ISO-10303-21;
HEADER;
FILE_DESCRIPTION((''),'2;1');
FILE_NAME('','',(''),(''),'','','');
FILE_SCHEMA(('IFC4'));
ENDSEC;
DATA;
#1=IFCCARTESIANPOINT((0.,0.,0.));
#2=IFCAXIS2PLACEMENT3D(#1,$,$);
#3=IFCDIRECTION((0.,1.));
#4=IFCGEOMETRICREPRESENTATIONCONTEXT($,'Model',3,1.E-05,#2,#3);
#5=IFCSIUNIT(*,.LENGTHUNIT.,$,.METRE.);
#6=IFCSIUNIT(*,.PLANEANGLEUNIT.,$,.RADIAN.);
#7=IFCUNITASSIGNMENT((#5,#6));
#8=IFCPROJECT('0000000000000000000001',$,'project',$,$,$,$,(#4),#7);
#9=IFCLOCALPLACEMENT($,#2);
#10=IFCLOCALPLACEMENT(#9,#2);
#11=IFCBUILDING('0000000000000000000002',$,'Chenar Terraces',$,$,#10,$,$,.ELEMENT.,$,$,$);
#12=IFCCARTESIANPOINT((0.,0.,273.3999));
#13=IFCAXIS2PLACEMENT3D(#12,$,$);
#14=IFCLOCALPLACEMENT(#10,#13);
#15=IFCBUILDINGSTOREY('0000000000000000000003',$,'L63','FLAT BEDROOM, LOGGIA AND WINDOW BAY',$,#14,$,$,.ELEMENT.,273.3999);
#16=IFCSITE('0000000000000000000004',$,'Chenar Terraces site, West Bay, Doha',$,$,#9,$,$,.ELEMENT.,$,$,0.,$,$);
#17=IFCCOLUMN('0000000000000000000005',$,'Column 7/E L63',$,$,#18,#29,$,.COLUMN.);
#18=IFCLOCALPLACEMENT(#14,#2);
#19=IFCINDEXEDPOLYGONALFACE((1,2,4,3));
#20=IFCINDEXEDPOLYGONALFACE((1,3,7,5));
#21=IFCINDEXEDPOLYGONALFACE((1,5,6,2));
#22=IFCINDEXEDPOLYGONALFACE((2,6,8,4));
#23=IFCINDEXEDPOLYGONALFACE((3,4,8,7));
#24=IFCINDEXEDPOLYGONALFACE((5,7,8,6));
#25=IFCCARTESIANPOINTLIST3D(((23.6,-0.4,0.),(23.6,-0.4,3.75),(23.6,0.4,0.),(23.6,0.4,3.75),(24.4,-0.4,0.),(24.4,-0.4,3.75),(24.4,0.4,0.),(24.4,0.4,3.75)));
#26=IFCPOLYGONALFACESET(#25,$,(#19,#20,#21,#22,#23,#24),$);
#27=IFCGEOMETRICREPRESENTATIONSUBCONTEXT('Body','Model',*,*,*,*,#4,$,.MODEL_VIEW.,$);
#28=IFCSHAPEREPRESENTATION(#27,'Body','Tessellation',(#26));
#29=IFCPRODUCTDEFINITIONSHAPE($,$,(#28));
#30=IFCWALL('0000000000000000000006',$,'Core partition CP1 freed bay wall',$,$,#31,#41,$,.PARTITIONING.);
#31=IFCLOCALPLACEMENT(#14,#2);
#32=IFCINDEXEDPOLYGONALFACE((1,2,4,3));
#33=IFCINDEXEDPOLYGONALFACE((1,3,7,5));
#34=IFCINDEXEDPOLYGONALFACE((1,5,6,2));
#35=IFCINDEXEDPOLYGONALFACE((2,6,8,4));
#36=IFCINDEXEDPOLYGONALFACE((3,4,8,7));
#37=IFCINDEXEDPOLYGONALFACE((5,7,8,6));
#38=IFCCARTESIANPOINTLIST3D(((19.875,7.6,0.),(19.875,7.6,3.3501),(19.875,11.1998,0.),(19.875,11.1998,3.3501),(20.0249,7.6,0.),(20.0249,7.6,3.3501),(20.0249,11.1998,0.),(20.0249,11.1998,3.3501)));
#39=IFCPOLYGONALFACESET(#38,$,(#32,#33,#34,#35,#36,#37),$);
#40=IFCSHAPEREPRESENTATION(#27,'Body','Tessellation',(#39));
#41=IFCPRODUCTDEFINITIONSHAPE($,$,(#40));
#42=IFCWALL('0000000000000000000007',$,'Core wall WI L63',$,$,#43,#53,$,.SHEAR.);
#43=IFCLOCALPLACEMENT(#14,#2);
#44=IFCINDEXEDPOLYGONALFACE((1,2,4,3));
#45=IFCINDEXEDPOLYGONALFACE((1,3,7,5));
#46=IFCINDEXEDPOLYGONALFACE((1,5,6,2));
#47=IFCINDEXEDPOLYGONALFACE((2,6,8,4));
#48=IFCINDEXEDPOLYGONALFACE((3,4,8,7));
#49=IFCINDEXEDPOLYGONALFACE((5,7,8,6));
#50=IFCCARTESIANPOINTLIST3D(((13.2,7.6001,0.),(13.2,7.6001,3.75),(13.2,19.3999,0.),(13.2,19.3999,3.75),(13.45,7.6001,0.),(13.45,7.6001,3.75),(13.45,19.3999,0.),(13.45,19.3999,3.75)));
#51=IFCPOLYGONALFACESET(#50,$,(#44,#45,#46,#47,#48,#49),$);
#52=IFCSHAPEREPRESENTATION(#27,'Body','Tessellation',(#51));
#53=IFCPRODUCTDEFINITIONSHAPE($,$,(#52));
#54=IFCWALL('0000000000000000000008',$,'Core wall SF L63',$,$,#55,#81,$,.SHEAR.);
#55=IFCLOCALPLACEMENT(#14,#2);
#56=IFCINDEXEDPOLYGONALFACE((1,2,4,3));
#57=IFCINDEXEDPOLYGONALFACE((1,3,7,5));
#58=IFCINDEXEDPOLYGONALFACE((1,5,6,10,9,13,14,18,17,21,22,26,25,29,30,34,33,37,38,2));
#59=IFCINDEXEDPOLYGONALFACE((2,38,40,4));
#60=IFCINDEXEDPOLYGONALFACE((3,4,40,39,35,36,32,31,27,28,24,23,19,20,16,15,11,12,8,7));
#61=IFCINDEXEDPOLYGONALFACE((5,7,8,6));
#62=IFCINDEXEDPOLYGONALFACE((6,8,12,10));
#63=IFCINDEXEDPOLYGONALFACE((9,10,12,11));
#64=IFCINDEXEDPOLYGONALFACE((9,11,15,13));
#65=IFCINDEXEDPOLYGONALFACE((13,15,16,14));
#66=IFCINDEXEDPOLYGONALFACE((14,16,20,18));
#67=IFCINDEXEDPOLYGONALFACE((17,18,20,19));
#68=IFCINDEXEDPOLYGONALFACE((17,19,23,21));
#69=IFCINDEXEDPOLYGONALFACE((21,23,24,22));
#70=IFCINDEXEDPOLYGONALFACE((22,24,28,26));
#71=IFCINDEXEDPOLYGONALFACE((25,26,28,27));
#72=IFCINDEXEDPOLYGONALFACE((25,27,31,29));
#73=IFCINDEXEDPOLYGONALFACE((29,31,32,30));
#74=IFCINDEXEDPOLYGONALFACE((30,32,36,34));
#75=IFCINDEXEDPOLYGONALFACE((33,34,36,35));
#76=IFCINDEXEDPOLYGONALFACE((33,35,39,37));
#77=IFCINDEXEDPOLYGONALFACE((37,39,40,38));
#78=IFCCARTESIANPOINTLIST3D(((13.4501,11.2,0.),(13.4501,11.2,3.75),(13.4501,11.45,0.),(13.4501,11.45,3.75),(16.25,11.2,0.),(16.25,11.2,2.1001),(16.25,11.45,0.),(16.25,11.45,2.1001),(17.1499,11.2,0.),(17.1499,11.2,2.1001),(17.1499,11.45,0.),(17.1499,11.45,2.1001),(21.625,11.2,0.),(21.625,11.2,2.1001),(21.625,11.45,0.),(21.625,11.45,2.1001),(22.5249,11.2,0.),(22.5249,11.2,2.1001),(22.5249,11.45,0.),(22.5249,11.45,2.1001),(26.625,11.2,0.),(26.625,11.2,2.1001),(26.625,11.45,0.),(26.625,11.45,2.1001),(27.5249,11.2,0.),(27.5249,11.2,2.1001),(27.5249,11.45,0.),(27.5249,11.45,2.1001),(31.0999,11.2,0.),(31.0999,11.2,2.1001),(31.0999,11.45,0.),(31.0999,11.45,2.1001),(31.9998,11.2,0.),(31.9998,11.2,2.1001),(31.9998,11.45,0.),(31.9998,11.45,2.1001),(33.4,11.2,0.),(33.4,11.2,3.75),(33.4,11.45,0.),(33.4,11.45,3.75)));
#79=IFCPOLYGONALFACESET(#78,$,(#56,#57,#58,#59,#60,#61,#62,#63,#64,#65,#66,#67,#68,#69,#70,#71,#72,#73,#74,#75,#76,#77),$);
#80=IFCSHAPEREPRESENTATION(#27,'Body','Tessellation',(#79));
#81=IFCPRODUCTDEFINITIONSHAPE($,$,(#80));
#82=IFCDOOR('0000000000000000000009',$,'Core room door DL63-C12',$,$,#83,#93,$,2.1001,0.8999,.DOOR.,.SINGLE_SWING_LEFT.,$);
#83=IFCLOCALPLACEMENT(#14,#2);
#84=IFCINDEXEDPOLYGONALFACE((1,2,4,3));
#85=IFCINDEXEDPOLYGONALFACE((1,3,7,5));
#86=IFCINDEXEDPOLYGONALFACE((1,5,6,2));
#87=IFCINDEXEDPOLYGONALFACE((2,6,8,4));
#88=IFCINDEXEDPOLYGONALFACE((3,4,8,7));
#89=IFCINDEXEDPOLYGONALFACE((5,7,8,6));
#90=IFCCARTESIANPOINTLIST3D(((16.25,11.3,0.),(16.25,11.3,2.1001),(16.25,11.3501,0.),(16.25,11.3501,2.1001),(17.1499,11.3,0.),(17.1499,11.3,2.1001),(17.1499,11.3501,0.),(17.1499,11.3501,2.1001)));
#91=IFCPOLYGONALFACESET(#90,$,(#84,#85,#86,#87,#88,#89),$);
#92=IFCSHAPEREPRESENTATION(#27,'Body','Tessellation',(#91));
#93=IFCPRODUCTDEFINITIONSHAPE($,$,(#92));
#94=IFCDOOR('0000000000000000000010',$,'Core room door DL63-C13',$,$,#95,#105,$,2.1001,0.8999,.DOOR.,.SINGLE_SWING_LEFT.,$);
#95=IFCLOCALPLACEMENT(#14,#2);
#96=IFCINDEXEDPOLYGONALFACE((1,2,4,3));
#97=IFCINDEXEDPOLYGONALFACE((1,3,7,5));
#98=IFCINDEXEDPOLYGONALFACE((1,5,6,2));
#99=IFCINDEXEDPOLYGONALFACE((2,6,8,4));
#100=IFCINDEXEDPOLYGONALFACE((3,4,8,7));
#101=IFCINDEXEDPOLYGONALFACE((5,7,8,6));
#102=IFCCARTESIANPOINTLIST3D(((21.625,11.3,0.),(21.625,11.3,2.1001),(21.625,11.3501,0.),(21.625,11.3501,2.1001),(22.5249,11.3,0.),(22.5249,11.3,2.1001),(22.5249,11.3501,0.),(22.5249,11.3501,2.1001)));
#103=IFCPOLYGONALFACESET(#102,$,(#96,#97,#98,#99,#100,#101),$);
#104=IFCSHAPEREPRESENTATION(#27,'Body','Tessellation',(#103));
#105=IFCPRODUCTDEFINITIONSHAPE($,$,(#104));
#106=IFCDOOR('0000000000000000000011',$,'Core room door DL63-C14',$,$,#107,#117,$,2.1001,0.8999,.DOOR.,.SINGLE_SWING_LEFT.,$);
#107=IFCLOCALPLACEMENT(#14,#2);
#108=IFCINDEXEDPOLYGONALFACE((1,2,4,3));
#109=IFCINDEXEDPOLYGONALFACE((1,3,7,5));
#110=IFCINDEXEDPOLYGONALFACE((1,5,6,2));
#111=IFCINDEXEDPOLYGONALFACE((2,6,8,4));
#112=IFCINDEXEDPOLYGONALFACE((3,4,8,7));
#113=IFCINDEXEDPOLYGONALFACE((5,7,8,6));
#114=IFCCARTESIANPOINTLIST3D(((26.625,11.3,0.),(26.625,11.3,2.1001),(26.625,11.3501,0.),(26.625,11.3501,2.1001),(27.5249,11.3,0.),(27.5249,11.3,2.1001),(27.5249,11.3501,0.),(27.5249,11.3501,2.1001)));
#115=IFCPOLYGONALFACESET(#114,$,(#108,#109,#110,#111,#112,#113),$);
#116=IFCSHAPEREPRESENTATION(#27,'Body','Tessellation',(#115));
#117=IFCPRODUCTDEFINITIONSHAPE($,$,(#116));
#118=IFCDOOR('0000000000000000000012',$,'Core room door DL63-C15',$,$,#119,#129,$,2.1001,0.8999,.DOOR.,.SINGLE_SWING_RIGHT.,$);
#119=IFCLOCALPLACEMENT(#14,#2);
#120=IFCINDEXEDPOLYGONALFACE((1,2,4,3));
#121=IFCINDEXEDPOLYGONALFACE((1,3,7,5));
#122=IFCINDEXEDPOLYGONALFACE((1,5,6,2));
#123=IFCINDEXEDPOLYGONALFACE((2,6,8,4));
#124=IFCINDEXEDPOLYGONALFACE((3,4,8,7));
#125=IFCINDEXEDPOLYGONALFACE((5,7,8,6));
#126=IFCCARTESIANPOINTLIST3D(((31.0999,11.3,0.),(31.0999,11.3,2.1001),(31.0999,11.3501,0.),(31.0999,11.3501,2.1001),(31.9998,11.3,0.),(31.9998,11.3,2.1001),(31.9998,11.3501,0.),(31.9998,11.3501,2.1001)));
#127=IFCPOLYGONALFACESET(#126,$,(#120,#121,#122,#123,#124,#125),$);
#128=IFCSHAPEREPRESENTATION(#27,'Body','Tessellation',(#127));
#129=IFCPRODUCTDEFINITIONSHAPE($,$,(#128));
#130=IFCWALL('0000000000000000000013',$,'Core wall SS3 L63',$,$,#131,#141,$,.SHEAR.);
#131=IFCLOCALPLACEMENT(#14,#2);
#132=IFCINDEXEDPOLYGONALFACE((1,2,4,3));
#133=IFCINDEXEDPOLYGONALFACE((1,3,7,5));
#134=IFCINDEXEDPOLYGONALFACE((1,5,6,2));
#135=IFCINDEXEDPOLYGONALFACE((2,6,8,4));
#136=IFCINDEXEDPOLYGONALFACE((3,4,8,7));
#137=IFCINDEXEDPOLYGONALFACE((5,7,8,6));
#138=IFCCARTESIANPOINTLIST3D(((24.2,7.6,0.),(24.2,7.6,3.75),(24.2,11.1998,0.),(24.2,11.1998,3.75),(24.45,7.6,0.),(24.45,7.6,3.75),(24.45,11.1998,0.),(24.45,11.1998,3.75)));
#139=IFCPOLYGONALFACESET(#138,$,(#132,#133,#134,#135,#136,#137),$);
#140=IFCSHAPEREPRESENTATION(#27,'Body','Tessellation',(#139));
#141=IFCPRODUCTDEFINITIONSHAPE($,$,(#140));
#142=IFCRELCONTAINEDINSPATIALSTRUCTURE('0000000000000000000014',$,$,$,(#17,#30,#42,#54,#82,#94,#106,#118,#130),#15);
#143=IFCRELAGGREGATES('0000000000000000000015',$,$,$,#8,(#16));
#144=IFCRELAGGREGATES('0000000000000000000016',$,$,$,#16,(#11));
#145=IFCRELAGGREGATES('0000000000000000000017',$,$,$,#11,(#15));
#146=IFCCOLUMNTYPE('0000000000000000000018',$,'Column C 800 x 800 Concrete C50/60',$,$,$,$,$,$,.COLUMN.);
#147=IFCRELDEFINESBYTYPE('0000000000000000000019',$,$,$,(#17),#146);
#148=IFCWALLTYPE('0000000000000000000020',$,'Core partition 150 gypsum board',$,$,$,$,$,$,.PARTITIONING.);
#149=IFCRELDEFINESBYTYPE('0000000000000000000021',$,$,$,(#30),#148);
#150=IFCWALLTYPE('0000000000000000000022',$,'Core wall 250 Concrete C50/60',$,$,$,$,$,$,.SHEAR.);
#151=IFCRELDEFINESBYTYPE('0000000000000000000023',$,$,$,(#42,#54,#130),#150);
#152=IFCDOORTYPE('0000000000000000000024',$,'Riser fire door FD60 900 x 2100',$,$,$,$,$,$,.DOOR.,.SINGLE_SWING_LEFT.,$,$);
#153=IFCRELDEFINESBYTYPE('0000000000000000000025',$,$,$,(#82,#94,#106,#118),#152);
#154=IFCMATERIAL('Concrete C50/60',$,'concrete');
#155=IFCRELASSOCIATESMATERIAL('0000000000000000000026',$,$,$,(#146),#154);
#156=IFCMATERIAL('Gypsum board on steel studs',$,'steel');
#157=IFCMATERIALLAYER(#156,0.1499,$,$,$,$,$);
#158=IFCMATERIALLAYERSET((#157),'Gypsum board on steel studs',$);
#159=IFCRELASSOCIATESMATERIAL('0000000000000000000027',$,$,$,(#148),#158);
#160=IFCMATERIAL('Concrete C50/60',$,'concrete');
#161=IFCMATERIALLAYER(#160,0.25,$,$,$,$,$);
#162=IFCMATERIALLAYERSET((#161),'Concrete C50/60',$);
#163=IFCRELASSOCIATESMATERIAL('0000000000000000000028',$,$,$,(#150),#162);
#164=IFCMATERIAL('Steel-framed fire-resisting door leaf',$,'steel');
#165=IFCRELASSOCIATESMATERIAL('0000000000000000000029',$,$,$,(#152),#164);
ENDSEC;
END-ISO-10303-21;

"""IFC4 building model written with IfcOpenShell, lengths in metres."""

from ifc_helpers import new_model, si_unit, direction, frame, frame_2d, origin, origin_2d, place, context, subcontext, project, spatial, rectangle, extrude, material, layer, layer_set, material_profile, profile_set, type_object, element, fill, save


model = new_model("IFC4")

# Units and contexts
model_context = context("Model", 3, precision=1e-05, world=origin(), true_north=direction((0.0, 1.0)))
body_context = subcontext(model_context, "Body", "Model", "MODEL_VIEW")
ifc_project = project(units=[si_unit("LENGTHUNIT", "METRE"), si_unit("PLANEANGLEUNIT", "RADIAN")], contexts=[model_context])

# Site, building, storey
site_placement = place(None, origin())
site = spatial("IfcSite", under=ifc_project, at=site_placement, Name="Chenar Terraces site, West Bay, Doha", CompositionType="ELEMENT", RefElevation=0.0)
building_placement = place(site_placement, origin())
building = spatial("IfcBuilding", under=site, at=building_placement, Name="Chenar Terraces", CompositionType="ELEMENT")
storey_placement = place(building_placement, frame((0.0, 0.0, 273.3999)))
storey = spatial("IfcBuildingStorey", under=building, at=storey_placement, Name="L63", Description="FLAT BEDROOM, LOGGIA AND WINDOW BAY", CompositionType="ELEMENT", Elevation=273.3999)

# Column
ifc_material_1 = material(Name="Concrete C50/60", Category="concrete")
ifc_material_profile_1 = material_profile(ifc_material_1, rectangle(XDim=0.8, YDim=0.8, at=origin_2d()), Name="C 800 x 800")
ifc_profile_set_1 = profile_set([ifc_material_profile_1], Name="Concrete C50/60")
column_type = type_object("IfcColumnType", Name="Column C 800 x 800 Concrete C50/60", PredefinedType="COLUMN", material=ifc_profile_set_1)
column_placement = place(storey_placement, frame((24.0, 0.0, 0.0), z_axis=(0.0, 0.0, 1.0), x_axis=(1.0, 0.0, 0.0)))
element("IfcColumn", 1, at=column_placement, inside=storey, type_object=column_type, Name="Column 7/E L63", PredefinedType="COLUMN", context=body_context, shape_type="SweptSolid", body=[
    extrude(rectangle(XDim=0.8, YDim=0.8, at=origin_2d()), origin(), (0.0, 0.0, 1.0), 3.75),
])

# Walls
ifc_material_2 = material(Name="Gypsum board on steel studs", Category="steel")
ifc_layer_1 = layer(ifc_material_2, 0.1499)
ifc_layer_set_1 = layer_set([ifc_layer_1], Name="Gypsum board on steel studs")
wall_type_1 = type_object("IfcWallType", Name="Core partition 150 gypsum board", PredefinedType="PARTITIONING", material=ifc_layer_set_1)
wall_1_placement = place(storey_placement, frame((19.95, 7.6001, 0.0), z_axis=(0.0, 0.0, 1.0), x_axis=(0.0, 1.0, 0.0)))
element("IfcWall", 2, at=wall_1_placement, inside=storey, type_object=wall_type_1, Name="Core partition CP1 freed bay wall", PredefinedType="PARTITIONING", context=body_context, shape_type="SweptSolid", body=[
    extrude(rectangle(XDim=3.5999, YDim=0.1499, at=frame_2d((1.7998, 0.0))), origin(), (0.0, 0.0, 1.0), 3.3501),
])
ifc_material_3 = material(Name="Concrete C50/60", Category="concrete")
ifc_layer_2 = layer(ifc_material_3, 0.25)
ifc_layer_set_2 = layer_set([ifc_layer_2], Name="Concrete C50/60")
wall_type_2 = type_object("IfcWallType", Name="Core wall 250 Concrete C50/60", PredefinedType="SHEAR", material=ifc_layer_set_2)
wall_2_placement = place(storey_placement, frame((13.325, 7.6001, 0.0), z_axis=(0.0, 0.0, 1.0), x_axis=(0.0, 1.0, 0.0)))
element("IfcWall", 3, at=wall_2_placement, inside=storey, type_object=wall_type_2, Name="Core wall WI L63", PredefinedType="SHEAR", context=body_context, shape_type="SweptSolid", body=[
    extrude(rectangle(XDim=11.7998, YDim=0.25, at=frame_2d((5.8999, 0.0))), origin(), (0.0, 0.0, 1.0), 3.75),
])

# Wall, openings, doors
wall_3_placement = place(storey_placement, frame((13.45, 11.325, 0.0), z_axis=(0.0, 0.0, 1.0), x_axis=(1.0, 0.0, 0.0)))
wall_3 = element("IfcWall", 4, at=wall_3_placement, inside=storey, type_object=wall_type_2, Name="Core wall SF L63", PredefinedType="SHEAR", context=body_context, shape_type="SweptSolid", body=[
    extrude(rectangle(XDim=19.95, YDim=0.25, at=frame_2d((9.9751, 0.0))), origin(), (0.0, 0.0, 1.0), 3.75),
])
opening_1_placement = place(wall_3_placement, frame((2.8, 0.0, 0.0)))
opening_1 = element("IfcOpeningElement", 5, at=opening_1_placement, cuts=wall_3, PredefinedType="OPENING", context=body_context, shape_type="SweptSolid", body=[
    extrude(rectangle(XDim=0.8999, YDim=2.1001, at=frame_2d((0.45, 1.05))), frame((0.0, 0.135, 0.0), z_axis=(0.0, -1.0, 0.0), x_axis=(1.0, 0.0, 0.0)), (0.0, 0.0, 1.0), 0.27),
])
opening_2_placement = place(wall_3_placement, frame((8.175, 0.0, 0.0)))
opening_2 = element("IfcOpeningElement", 6, at=opening_2_placement, cuts=wall_3, PredefinedType="OPENING", context=body_context, shape_type="SweptSolid", body=[
    extrude(rectangle(XDim=0.8999, YDim=2.1001, at=frame_2d((0.45, 1.05))), frame((0.0, 0.135, 0.0), z_axis=(0.0, -1.0, 0.0), x_axis=(1.0, 0.0, 0.0)), (0.0, 0.0, 1.0), 0.27),
])
opening_3_placement = place(wall_3_placement, frame((13.175, 0.0, 0.0)))
opening_3 = element("IfcOpeningElement", 7, at=opening_3_placement, cuts=wall_3, PredefinedType="OPENING", context=body_context, shape_type="SweptSolid", body=[
    extrude(rectangle(XDim=0.8999, YDim=2.1001, at=frame_2d((0.45, 1.05))), frame((0.0, 0.135, 0.0), z_axis=(0.0, -1.0, 0.0), x_axis=(1.0, 0.0, 0.0)), (0.0, 0.0, 1.0), 0.27),
])
opening_4_placement = place(wall_3_placement, frame((17.6499, 0.0, 0.0)))
opening_4 = element("IfcOpeningElement", 8, at=opening_4_placement, cuts=wall_3, PredefinedType="OPENING", context=body_context, shape_type="SweptSolid", body=[
    extrude(rectangle(XDim=0.8999, YDim=2.1001, at=frame_2d((0.45, 1.05))), frame((0.0, 0.135, 0.0), z_axis=(0.0, -1.0, 0.0), x_axis=(1.0, 0.0, 0.0)), (0.0, 0.0, 1.0), 0.27),
])
ifc_material_4 = material(Name="Steel-framed fire-resisting door leaf", Category="steel")
door_type_1 = type_object("IfcDoorType", Name="Riser fire door FD60 900 x 2100", OperationType="SINGLE_SWING_LEFT", PredefinedType="DOOR", material=ifc_material_4)
door_1_placement = place(opening_1_placement, frame((0.8999, 0.0, 0.0), z_axis=(0.0, 0.0, 1.0), x_axis=(-1.0, 0.0, 0.0)))
door_1 = element("IfcDoor", 9, at=door_1_placement, inside=storey, type_object=door_type_1, Name="Core room door DL63-C12", OperationType="SINGLE_SWING_LEFT", OverallHeight=2.1001, OverallWidth=0.8999, PredefinedType="DOOR", context=body_context, shape_type="SweptSolid", body=[
    extrude(rectangle(XDim=0.8999, YDim=2.1001, at=frame_2d((0.45, 1.05))), frame((0.0, 0.0249, 0.0), z_axis=(0.0, -1.0, 0.0), x_axis=(1.0, 0.0, 0.0)), (0.0, 0.0, 1.0), 0.05),
])
fill(opening_1, door_1)
door_2_placement = place(opening_2_placement, frame((0.8999, 0.0, 0.0), z_axis=(0.0, 0.0, 1.0), x_axis=(-1.0, 0.0, 0.0)))
door_2 = element("IfcDoor", 10, at=door_2_placement, inside=storey, type_object=door_type_1, Name="Core room door DL63-C13", OperationType="SINGLE_SWING_LEFT", OverallHeight=2.1001, OverallWidth=0.8999, PredefinedType="DOOR", context=body_context, shape_type="SweptSolid", body=[
    extrude(rectangle(XDim=0.8999, YDim=2.1001, at=frame_2d((0.45, 1.05))), frame((0.0, 0.0249, 0.0), z_axis=(0.0, -1.0, 0.0), x_axis=(1.0, 0.0, 0.0)), (0.0, 0.0, 1.0), 0.05),
])
fill(opening_2, door_2)
door_3_placement = place(opening_3_placement, frame((0.8999, 0.0, 0.0), z_axis=(0.0, 0.0, 1.0), x_axis=(-1.0, 0.0, 0.0)))
door_3 = element("IfcDoor", 11, at=door_3_placement, inside=storey, type_object=door_type_1, Name="Core room door DL63-C14", OperationType="SINGLE_SWING_LEFT", OverallHeight=2.1001, OverallWidth=0.8999, PredefinedType="DOOR", context=body_context, shape_type="SweptSolid", body=[
    extrude(rectangle(XDim=0.8999, YDim=2.1001, at=frame_2d((0.45, 1.05))), frame((0.0, 0.0249, 0.0), z_axis=(0.0, -1.0, 0.0), x_axis=(1.0, 0.0, 0.0)), (0.0, 0.0, 1.0), 0.05),
])
fill(opening_3, door_3)
door_4_placement = place(opening_4_placement, frame((0.8999, 0.0, 0.0), z_axis=(0.0, 0.0, 1.0), x_axis=(-1.0, 0.0, 0.0)))
door_4 = element("IfcDoor", 12, at=door_4_placement, inside=storey, type_object=door_type_1, Name="Core room door DL63-C15", OperationType="SINGLE_SWING_RIGHT", OverallHeight=2.1001, OverallWidth=0.8999, PredefinedType="DOOR", context=body_context, shape_type="SweptSolid", body=[
    extrude(rectangle(XDim=0.8999, YDim=2.1001, at=frame_2d((0.45, 1.05))), frame((0.0, 0.0249, 0.0), z_axis=(0.0, -1.0, 0.0), x_axis=(1.0, 0.0, 0.0)), (0.0, 0.0, 1.0), 0.05),
])
fill(opening_4, door_4)

# Wall
wall_4_placement = place(storey_placement, frame((24.325, 7.6001, 0.0), z_axis=(0.0, 0.0, 1.0), x_axis=(0.0, 1.0, 0.0)))
element("IfcWall", 13, at=wall_4_placement, inside=storey, type_object=wall_type_2, Name="Core wall SS3 L63", PredefinedType="SHEAR", context=body_context, shape_type="SweptSolid", body=[
    extrude(rectangle(XDim=3.5999, YDim=0.25, at=frame_2d((1.7998, 0.0))), origin(), (0.0, 0.0, 1.0), 3.75),
])

save(model, "model.ifc")
